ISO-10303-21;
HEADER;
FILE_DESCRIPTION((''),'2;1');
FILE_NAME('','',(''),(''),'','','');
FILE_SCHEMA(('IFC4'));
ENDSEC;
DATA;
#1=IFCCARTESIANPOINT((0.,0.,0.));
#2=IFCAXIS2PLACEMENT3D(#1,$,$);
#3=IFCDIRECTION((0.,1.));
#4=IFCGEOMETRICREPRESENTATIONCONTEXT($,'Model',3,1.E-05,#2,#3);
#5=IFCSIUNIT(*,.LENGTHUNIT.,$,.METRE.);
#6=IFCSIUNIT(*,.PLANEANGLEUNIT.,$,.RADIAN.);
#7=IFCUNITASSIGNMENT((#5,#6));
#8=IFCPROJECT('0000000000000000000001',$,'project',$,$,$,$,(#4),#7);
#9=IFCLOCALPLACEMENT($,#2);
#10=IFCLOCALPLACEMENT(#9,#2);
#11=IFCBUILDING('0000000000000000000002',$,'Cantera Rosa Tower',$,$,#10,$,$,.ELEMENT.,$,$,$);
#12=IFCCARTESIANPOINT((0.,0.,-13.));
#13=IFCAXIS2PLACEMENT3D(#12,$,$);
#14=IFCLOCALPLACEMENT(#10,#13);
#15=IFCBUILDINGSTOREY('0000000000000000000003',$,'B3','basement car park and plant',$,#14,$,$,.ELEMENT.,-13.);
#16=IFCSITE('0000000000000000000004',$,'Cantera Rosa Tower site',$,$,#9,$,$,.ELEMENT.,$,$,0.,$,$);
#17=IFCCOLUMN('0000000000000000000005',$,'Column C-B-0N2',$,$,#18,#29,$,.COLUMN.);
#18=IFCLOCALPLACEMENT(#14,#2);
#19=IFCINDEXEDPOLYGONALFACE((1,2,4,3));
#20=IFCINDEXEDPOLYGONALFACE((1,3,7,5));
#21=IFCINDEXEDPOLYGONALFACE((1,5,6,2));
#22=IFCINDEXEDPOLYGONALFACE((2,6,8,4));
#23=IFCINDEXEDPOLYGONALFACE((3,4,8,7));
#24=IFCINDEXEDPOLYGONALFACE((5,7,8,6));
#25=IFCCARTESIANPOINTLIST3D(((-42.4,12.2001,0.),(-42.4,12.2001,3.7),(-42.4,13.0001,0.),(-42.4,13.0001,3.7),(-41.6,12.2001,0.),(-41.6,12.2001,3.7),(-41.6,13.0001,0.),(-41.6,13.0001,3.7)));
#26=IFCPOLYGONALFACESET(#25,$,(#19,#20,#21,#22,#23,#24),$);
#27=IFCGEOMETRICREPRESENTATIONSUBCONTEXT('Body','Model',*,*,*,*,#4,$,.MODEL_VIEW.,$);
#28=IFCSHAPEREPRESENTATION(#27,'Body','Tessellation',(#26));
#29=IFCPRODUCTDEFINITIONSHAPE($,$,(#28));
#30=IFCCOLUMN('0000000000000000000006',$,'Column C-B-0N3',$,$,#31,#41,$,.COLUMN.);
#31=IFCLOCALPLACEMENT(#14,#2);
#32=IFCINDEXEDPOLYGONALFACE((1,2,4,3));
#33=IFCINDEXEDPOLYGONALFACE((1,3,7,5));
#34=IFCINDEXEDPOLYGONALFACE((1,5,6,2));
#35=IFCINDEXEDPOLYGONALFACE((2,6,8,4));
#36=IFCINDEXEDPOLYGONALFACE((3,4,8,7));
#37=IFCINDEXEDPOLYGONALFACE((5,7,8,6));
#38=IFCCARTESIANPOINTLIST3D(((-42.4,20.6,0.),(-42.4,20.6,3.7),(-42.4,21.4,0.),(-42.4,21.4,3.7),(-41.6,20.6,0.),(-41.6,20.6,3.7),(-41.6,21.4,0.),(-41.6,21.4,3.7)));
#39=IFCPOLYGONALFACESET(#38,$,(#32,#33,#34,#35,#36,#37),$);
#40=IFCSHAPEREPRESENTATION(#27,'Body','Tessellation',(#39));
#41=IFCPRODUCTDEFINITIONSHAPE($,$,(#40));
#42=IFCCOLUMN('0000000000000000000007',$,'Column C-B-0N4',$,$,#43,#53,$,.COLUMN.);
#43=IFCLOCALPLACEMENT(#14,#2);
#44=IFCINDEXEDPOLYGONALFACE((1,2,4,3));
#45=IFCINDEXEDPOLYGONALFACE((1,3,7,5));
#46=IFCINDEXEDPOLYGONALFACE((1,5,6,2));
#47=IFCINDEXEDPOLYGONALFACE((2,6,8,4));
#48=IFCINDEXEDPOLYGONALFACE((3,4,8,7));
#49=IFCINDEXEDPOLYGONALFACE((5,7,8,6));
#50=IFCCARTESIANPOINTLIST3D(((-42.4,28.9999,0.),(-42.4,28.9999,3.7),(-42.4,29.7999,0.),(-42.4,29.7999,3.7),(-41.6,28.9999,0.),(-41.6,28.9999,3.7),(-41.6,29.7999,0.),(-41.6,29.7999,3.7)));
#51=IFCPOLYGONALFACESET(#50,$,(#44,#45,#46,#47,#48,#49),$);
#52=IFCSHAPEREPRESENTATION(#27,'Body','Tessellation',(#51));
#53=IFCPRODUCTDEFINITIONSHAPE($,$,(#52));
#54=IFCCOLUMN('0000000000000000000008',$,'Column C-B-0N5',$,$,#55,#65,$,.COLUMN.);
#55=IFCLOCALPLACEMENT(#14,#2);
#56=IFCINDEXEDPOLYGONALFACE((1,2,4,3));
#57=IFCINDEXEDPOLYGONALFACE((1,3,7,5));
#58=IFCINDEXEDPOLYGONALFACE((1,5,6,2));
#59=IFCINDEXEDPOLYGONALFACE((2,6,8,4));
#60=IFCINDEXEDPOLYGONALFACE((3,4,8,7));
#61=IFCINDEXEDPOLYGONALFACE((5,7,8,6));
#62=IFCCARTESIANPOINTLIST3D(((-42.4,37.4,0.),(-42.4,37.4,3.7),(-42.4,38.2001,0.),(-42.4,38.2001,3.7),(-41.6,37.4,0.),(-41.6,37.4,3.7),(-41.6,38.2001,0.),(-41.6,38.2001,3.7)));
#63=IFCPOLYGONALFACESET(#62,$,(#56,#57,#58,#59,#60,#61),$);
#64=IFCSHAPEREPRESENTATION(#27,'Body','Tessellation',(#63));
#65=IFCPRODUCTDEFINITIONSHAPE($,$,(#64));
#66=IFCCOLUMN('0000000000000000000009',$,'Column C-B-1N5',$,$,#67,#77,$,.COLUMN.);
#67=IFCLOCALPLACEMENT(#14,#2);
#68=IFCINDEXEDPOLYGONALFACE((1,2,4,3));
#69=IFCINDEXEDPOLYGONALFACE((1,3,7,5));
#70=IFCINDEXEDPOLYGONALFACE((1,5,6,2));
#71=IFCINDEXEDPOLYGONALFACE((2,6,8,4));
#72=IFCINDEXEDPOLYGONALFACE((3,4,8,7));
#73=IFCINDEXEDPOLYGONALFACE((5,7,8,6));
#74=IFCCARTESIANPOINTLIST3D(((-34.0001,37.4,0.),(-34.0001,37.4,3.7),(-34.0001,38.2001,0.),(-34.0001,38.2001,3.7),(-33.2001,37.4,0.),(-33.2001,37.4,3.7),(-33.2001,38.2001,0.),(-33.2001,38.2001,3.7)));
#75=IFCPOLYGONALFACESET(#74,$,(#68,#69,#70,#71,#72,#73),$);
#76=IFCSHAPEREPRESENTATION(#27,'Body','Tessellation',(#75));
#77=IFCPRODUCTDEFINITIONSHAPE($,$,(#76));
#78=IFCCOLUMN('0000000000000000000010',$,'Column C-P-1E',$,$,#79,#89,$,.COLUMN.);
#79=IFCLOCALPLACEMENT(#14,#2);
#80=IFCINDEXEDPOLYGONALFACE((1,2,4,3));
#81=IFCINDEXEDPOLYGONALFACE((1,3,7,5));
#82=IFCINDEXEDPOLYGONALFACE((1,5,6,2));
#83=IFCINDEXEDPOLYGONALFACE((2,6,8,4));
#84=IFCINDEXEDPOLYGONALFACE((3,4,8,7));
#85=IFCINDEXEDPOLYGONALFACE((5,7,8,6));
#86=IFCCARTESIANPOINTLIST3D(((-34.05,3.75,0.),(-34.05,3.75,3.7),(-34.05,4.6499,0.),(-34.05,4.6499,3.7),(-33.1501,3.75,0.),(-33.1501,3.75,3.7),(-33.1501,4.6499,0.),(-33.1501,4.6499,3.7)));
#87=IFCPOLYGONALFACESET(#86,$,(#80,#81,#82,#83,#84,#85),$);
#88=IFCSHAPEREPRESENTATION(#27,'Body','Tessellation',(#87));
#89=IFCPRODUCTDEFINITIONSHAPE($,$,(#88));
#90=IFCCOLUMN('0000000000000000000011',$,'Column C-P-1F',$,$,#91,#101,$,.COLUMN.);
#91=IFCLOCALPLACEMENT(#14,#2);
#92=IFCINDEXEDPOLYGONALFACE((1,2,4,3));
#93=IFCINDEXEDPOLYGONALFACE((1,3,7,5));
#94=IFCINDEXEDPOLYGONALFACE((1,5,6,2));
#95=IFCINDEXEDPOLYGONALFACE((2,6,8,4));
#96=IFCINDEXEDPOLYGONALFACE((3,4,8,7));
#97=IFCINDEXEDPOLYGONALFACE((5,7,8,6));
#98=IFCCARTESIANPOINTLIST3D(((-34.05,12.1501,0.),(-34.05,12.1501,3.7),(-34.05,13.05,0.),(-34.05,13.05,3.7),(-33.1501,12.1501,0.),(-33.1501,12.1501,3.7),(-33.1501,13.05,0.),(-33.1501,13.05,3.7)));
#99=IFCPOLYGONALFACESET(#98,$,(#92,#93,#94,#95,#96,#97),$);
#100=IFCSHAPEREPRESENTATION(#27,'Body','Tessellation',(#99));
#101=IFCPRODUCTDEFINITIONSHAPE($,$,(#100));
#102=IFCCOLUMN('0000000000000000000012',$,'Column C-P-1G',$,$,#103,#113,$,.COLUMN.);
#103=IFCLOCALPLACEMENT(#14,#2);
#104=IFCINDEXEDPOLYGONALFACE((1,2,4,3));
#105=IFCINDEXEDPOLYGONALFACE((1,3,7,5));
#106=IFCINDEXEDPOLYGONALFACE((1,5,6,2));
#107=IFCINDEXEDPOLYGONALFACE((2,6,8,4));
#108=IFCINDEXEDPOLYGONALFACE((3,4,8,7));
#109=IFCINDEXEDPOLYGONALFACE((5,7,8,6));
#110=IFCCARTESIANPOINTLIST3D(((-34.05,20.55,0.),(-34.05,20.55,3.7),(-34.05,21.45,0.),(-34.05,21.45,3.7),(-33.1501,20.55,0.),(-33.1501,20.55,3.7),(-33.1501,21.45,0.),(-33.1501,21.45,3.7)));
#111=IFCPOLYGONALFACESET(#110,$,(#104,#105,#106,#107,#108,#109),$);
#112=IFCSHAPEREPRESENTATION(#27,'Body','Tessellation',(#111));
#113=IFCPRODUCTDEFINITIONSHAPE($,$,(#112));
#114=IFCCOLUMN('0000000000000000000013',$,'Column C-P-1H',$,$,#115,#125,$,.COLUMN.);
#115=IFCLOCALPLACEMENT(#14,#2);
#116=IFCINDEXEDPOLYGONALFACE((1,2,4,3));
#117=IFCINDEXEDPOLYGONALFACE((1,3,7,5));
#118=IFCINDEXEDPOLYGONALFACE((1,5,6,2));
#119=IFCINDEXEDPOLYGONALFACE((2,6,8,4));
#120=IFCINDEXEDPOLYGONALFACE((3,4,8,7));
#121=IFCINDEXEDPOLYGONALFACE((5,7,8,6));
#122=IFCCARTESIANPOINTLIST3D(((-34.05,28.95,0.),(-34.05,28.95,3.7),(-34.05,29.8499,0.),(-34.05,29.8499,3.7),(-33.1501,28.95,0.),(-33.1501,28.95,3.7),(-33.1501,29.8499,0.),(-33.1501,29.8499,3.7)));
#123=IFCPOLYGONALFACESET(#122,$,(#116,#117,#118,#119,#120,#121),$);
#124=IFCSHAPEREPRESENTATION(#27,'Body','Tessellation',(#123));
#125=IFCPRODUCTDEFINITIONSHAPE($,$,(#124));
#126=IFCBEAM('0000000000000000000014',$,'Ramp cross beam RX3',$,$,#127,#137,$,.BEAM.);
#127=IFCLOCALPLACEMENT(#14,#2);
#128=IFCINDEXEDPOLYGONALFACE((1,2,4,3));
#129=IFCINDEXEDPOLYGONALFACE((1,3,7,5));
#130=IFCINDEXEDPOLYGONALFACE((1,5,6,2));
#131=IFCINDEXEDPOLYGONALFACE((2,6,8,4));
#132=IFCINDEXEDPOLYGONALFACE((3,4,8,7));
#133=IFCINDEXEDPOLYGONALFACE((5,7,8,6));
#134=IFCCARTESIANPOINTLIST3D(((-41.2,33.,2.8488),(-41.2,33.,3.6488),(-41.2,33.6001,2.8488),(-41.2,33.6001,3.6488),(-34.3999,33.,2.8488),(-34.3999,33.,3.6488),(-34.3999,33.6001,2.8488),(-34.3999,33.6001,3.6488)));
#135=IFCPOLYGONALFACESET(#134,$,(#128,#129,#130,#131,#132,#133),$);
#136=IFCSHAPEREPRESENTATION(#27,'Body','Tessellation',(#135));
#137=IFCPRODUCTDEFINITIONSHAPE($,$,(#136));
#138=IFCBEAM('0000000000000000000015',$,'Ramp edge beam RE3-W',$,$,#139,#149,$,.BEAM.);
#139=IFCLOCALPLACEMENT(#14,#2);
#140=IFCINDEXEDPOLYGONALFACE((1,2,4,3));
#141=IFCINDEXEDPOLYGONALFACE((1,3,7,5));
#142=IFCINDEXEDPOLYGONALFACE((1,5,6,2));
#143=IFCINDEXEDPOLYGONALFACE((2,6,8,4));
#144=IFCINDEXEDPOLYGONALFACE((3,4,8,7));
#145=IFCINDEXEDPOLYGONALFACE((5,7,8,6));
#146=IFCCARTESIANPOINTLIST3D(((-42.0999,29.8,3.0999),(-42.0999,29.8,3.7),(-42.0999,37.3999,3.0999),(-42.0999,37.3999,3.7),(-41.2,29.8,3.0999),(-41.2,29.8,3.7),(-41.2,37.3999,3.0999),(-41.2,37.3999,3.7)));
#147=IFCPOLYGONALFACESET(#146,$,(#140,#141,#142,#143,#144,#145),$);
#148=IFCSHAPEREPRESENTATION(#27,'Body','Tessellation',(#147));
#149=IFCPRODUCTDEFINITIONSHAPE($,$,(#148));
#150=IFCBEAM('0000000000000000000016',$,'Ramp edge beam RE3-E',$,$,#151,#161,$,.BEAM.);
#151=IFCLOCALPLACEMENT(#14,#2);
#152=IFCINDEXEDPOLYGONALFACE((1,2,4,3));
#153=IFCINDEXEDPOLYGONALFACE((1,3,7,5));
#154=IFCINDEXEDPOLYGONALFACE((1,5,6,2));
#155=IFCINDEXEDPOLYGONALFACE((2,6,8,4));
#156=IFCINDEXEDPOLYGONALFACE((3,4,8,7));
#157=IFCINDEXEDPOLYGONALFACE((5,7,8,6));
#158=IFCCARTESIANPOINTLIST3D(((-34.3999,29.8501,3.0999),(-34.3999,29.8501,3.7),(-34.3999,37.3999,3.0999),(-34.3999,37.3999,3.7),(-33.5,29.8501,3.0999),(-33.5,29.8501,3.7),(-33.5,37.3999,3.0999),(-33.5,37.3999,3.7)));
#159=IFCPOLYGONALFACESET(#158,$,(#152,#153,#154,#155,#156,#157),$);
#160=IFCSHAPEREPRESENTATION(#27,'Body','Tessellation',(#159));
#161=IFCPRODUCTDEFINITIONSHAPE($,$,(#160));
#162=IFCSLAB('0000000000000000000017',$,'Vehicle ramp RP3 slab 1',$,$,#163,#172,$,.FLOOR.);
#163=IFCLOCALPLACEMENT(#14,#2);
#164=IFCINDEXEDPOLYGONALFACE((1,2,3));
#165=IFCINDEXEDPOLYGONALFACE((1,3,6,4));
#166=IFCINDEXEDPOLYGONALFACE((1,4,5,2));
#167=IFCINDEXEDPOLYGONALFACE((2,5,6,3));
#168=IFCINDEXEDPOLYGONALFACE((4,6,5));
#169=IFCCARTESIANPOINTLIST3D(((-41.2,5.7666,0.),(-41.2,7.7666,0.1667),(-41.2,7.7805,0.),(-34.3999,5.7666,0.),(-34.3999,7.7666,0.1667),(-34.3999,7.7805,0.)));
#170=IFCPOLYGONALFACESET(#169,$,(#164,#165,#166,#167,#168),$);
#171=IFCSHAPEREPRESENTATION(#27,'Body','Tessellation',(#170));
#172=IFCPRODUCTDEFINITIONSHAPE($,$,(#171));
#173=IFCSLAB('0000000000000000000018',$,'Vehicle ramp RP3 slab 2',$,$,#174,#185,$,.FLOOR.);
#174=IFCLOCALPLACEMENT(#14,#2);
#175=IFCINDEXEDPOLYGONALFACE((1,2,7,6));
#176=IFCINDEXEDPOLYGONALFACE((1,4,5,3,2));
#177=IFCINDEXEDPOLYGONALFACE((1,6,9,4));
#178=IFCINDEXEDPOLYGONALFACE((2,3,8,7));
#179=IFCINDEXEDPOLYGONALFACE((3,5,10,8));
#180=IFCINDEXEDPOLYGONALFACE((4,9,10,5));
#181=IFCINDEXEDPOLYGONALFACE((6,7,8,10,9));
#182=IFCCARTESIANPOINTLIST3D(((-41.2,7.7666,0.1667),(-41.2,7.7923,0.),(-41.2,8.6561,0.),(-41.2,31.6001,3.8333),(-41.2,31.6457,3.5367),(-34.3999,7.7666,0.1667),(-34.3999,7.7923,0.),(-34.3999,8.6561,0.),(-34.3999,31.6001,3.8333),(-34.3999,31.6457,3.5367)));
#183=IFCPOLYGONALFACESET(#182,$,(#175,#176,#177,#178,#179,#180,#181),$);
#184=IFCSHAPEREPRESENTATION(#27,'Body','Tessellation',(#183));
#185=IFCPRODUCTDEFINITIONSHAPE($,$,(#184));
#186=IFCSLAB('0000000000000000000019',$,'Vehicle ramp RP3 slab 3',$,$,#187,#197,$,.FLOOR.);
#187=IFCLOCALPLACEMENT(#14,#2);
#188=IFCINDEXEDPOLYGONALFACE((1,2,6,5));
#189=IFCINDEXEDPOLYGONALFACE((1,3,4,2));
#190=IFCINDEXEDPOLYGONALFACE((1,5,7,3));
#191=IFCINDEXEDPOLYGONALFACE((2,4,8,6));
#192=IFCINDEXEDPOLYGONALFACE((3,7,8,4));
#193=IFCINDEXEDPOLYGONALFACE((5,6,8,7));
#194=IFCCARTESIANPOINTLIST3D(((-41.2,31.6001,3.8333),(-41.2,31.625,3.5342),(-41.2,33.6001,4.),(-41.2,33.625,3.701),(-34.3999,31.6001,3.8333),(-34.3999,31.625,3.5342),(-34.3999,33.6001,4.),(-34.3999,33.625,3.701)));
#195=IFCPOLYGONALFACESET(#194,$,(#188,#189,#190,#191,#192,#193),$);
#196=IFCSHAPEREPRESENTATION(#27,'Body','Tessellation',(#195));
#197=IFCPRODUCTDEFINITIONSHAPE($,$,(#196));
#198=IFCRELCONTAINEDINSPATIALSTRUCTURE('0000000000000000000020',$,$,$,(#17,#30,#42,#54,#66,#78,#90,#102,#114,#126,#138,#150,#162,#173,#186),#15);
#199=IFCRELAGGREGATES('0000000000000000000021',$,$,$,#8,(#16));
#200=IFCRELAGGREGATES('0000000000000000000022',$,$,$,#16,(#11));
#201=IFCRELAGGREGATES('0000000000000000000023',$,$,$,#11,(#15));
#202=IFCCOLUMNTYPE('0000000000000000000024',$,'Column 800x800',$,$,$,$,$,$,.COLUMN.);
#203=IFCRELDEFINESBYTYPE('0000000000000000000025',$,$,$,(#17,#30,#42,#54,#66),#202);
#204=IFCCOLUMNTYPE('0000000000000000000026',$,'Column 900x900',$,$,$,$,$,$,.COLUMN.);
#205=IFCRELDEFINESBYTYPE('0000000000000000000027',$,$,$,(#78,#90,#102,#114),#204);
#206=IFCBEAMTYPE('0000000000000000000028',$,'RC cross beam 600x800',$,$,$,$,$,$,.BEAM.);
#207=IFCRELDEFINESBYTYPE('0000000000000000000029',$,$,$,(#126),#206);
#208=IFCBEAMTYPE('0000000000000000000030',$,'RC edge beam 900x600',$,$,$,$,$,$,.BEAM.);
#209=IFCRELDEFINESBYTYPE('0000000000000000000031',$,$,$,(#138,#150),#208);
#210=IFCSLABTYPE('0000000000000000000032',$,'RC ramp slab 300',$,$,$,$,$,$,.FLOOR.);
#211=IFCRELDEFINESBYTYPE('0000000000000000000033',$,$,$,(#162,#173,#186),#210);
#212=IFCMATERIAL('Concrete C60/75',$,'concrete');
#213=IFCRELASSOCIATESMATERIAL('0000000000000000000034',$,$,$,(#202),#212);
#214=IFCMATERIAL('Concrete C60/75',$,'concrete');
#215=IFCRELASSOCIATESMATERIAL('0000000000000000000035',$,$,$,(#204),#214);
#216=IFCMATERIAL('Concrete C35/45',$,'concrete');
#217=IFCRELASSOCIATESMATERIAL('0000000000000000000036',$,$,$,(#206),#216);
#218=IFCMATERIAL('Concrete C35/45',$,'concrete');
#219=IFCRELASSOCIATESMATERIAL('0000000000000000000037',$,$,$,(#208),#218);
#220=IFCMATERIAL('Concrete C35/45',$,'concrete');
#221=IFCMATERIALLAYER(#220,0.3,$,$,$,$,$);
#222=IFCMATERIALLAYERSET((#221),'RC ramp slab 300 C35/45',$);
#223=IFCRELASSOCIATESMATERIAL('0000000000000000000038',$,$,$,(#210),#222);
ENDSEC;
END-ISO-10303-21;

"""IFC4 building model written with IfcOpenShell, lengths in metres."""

from ifc_helpers import new_model, si_unit, direction, frame, origin, origin_2d, place, context, subcontext, project, spatial, polyline, rectangle, outline, extrude, clip, halfspace, material, layer, layer_set, material_profile, profile_set, type_object, element, save


model = new_model("IFC4")

# Units and contexts
model_context = context("Model", 3, precision=1e-05, world=origin(), true_north=direction((0.0, 1.0)))
body_context = subcontext(model_context, "Body", "Model", "MODEL_VIEW")
ifc_project = project(units=[si_unit("LENGTHUNIT", "METRE"), si_unit("PLANEANGLEUNIT", "RADIAN")], contexts=[model_context])

# Site, building, storey
site_placement = place(None, origin())
site = spatial("IfcSite", under=ifc_project, at=site_placement, Name="Cantera Rosa Tower site", CompositionType="ELEMENT", RefElevation=0.0)
building_placement = place(site_placement, origin())
building = spatial("IfcBuilding", under=site, at=building_placement, Name="Cantera Rosa Tower", CompositionType="ELEMENT")
storey_placement = place(building_placement, frame((0.0, 0.0, -13.0)))
storey = spatial("IfcBuildingStorey", under=building, at=storey_placement, Name="B3", Description="basement car park and plant", CompositionType="ELEMENT", Elevation=-13.0)

# Columns
ifc_material_1 = material(Name="Concrete C60/75", Category="concrete")
ifc_material_profile_1 = material_profile(ifc_material_1, rectangle(XDim=0.8, YDim=0.8, at=origin_2d()), Name="Column 800x800")
ifc_profile_set_1 = profile_set([ifc_material_profile_1], Name="Concrete C60/75")
column_type_1 = type_object("IfcColumnType", Name="Column 800x800", PredefinedType="COLUMN", material=ifc_profile_set_1)
for number, where, z_axis, x_axis, name in (
    (1, (-42.0, 12.6001, 0.0), (0.0, 0.0, 1.0), (1.0, 0.0, 0.0), "Column C-B-0N2"),
    (2, (-42.0, 21.0, 0.0), (0.0, 0.0, 1.0), (1.0, 0.0, 0.0), "Column C-B-0N3"),
    (3, (-42.0, 29.3999, 0.0), (0.0, 0.0, 1.0), (1.0, 0.0, 0.0), "Column C-B-0N4"),
    (4, (-42.0, 37.8, 0.0), (0.0, 0.0, 1.0), (1.0, 0.0, 0.0), "Column C-B-0N5"),
    (5, (-33.6001, 37.8, 0.0), (0.0, 0.0, 1.0), (1.0, 0.0, 0.0), "Column C-B-1N5"),
):
    element("IfcColumn", number, at=place(storey_placement, frame(where, z_axis=z_axis, x_axis=x_axis)), inside=storey, type_object=column_type_1, Name=name, PredefinedType="COLUMN", context=body_context, shape_type="SweptSolid", body=[
        extrude(rectangle(XDim=0.8, YDim=0.8, at=origin_2d()), origin(), (0.0, 0.0, 1.0), 3.7),
    ])
ifc_material_2 = material(Name="Concrete C60/75", Category="concrete")
ifc_material_profile_2 = material_profile(ifc_material_2, rectangle(XDim=0.8999, YDim=0.8999, at=origin_2d()), Name="Column 900x900")
ifc_profile_set_2 = profile_set([ifc_material_profile_2], Name="Concrete C60/75")
column_type_2 = type_object("IfcColumnType", Name="Column 900x900", PredefinedType="COLUMN", material=ifc_profile_set_2)
for number, where, z_axis, x_axis, name in (
    (6, (-33.6001, 4.2, 0.0), (0.0, 0.0, 1.0), (1.0, 0.0, 0.0), "Column C-P-1E"),
    (7, (-33.6001, 12.6001, 0.0), (0.0, 0.0, 1.0), (1.0, 0.0, 0.0), "Column C-P-1F"),
    (8, (-33.6001, 21.0, 0.0), (0.0, 0.0, 1.0), (1.0, 0.0, 0.0), "Column C-P-1G"),
    (9, (-33.6001, 29.3999, 0.0), (0.0, 0.0, 1.0), (1.0, 0.0, 0.0), "Column C-P-1H"),
):
    element("IfcColumn", number, at=place(storey_placement, frame(where, z_axis=z_axis, x_axis=x_axis)), inside=storey, type_object=column_type_2, Name=name, PredefinedType="COLUMN", context=body_context, shape_type="SweptSolid", body=[
        extrude(rectangle(XDim=0.8999, YDim=0.8999, at=origin_2d()), origin(), (0.0, 0.0, 1.0), 3.7),
    ])

# Beams
ifc_material_3 = material(Name="Concrete C35/45", Category="concrete")
ifc_material_profile_3 = material_profile(ifc_material_3, rectangle(XDim=0.6001, YDim=0.8, at=origin_2d()), Name="RC cross beam 600x800")
ifc_profile_set_3 = profile_set([ifc_material_profile_3], Name="Concrete C35/45")
beam_type_1 = type_object("IfcBeamType", Name="RC cross beam 600x800", PredefinedType="BEAM", material=ifc_profile_set_3)
beam_1_placement = place(storey_placement, frame((-41.2, 33.3, 3.2488), z_axis=(1.0, 0.0, 0.0), x_axis=(0.0, 1.0, 0.0)))
element("IfcBeam", 10, at=beam_1_placement, inside=storey, type_object=beam_type_1, Name="Ramp cross beam RX3", PredefinedType="BEAM", context=body_context, shape_type="SweptSolid", body=[
    extrude(rectangle(XDim=0.6001, YDim=0.8, at=origin_2d()), origin(), (0.0, 0.0, 1.0), 6.8),
])
ifc_material_4 = material(Name="Concrete C35/45", Category="concrete")
ifc_material_profile_4 = material_profile(ifc_material_4, rectangle(XDim=0.8999, YDim=0.6001, at=origin_2d()), Name="RC edge beam 900x600")
ifc_profile_set_4 = profile_set([ifc_material_profile_4], Name="Concrete C35/45")
beam_type_2 = type_object("IfcBeamType", Name="RC edge beam 900x600", PredefinedType="BEAM", material=ifc_profile_set_4)
beam_2_placement = place(storey_placement, frame((-41.6499, 29.8, 3.3999), z_axis=(0.0, 1.0, 0.0), x_axis=(-1.0, 0.0, 0.0)))
element("IfcBeam", 11, at=beam_2_placement, inside=storey, type_object=beam_type_2, Name="Ramp edge beam RE3-W", PredefinedType="BEAM", context=body_context, shape_type="SweptSolid", body=[
    extrude(rectangle(XDim=0.8999, YDim=0.6001, at=origin_2d()), origin(), (0.0, 0.0, 1.0), 7.5999),
])
beam_3_placement = place(storey_placement, frame((-33.95, 29.8501, 3.3999), z_axis=(0.0, 1.0, 0.0), x_axis=(-1.0, 0.0, 0.0)))
element("IfcBeam", 12, at=beam_3_placement, inside=storey, type_object=beam_type_2, Name="Ramp edge beam RE3-E", PredefinedType="BEAM", context=body_context, shape_type="SweptSolid", body=[
    extrude(rectangle(XDim=0.8999, YDim=0.6001, at=origin_2d()), origin(), (0.0, 0.0, 1.0), 7.5498),
])

# Slabs
ifc_material_5 = material(Name="Concrete C35/45", Category="concrete")
ifc_layer_1 = layer(ifc_material_5, 0.3)
ifc_layer_set_1 = layer_set([ifc_layer_1], Name="RC ramp slab 300 C35/45")
slab_type = type_object("IfcSlabType", Name="RC ramp slab 300", PredefinedType="FLOOR", material=ifc_layer_set_1)
slab_1_placement = place(storey_placement, frame((-41.2, 5.7666, 0.0), z_axis=(0.0, -0.083086, 0.996542), x_axis=(1.0, 0.0, 0.0)))
element("IfcSlab", 13, at=slab_1_placement, inside=storey, type_object=slab_type, Name="Vehicle ramp RP3 slab 1", PredefinedType="FLOOR", context=body_context, shape_type="Clipping", body=[
    clip(extrude(outline(polyline([(0.0, 0.0), (6.8, 0.0), (6.8, 2.0069), (0.0, 2.0069), (0.0, 0.0)])), origin(), (0.0, 0.0, -1.0), 0.3), halfspace(frame((0.0, 0.0, 0.0), z_axis=(0.0, 0.083086, 0.996542), x_axis=(1.0, 0.0, 0.0)), True)),
])
slab_2_placement = place(storey_placement, frame((-41.2, 7.7666, 0.1667), z_axis=(0.0, -0.15205, 0.988373), x_axis=(1.0, 0.0, 0.0)))
element("IfcSlab", 14, at=slab_2_placement, inside=storey, type_object=slab_type, Name="Vehicle ramp RP3 slab 2", PredefinedType="FLOOR", context=body_context, shape_type="Clipping", body=[
    clip(extrude(outline(polyline([(0.0, 0.0), (6.8, 0.0), (6.8, 24.1139), (0.0, 24.1139), (0.0, 0.0)])), origin(), (0.0, 0.0, -1.0), 0.3), halfspace(frame((0.0, -0.0254, -0.1648), z_axis=(0.0, 0.15205, 0.988373), x_axis=(1.0, 0.0, 0.0)), True)),
])
slab_3_placement = place(storey_placement, frame((-41.2, 31.6001, 3.8333), z_axis=(0.0, -0.083086, 0.996542), x_axis=(1.0, 0.0, 0.0)))
element("IfcSlab", 15, at=slab_3_placement, inside=storey, type_object=slab_type, Name="Vehicle ramp RP3 slab 3", PredefinedType="FLOOR", context=body_context, shape_type="Clipping", body=[
    clip(extrude(outline(polyline([(0.0, 0.0), (6.8, 0.0), (6.8, 2.0069), (0.0, 2.0069), (0.0, 0.0)])), origin(), (0.0, 0.0, -1.0), 0.3), halfspace(frame((0.0, -0.3186, -3.8201), z_axis=(0.0, 0.083086, 0.996542), x_axis=(1.0, 0.0, 0.0)), True)),
])

save(model, "model.ifc")
